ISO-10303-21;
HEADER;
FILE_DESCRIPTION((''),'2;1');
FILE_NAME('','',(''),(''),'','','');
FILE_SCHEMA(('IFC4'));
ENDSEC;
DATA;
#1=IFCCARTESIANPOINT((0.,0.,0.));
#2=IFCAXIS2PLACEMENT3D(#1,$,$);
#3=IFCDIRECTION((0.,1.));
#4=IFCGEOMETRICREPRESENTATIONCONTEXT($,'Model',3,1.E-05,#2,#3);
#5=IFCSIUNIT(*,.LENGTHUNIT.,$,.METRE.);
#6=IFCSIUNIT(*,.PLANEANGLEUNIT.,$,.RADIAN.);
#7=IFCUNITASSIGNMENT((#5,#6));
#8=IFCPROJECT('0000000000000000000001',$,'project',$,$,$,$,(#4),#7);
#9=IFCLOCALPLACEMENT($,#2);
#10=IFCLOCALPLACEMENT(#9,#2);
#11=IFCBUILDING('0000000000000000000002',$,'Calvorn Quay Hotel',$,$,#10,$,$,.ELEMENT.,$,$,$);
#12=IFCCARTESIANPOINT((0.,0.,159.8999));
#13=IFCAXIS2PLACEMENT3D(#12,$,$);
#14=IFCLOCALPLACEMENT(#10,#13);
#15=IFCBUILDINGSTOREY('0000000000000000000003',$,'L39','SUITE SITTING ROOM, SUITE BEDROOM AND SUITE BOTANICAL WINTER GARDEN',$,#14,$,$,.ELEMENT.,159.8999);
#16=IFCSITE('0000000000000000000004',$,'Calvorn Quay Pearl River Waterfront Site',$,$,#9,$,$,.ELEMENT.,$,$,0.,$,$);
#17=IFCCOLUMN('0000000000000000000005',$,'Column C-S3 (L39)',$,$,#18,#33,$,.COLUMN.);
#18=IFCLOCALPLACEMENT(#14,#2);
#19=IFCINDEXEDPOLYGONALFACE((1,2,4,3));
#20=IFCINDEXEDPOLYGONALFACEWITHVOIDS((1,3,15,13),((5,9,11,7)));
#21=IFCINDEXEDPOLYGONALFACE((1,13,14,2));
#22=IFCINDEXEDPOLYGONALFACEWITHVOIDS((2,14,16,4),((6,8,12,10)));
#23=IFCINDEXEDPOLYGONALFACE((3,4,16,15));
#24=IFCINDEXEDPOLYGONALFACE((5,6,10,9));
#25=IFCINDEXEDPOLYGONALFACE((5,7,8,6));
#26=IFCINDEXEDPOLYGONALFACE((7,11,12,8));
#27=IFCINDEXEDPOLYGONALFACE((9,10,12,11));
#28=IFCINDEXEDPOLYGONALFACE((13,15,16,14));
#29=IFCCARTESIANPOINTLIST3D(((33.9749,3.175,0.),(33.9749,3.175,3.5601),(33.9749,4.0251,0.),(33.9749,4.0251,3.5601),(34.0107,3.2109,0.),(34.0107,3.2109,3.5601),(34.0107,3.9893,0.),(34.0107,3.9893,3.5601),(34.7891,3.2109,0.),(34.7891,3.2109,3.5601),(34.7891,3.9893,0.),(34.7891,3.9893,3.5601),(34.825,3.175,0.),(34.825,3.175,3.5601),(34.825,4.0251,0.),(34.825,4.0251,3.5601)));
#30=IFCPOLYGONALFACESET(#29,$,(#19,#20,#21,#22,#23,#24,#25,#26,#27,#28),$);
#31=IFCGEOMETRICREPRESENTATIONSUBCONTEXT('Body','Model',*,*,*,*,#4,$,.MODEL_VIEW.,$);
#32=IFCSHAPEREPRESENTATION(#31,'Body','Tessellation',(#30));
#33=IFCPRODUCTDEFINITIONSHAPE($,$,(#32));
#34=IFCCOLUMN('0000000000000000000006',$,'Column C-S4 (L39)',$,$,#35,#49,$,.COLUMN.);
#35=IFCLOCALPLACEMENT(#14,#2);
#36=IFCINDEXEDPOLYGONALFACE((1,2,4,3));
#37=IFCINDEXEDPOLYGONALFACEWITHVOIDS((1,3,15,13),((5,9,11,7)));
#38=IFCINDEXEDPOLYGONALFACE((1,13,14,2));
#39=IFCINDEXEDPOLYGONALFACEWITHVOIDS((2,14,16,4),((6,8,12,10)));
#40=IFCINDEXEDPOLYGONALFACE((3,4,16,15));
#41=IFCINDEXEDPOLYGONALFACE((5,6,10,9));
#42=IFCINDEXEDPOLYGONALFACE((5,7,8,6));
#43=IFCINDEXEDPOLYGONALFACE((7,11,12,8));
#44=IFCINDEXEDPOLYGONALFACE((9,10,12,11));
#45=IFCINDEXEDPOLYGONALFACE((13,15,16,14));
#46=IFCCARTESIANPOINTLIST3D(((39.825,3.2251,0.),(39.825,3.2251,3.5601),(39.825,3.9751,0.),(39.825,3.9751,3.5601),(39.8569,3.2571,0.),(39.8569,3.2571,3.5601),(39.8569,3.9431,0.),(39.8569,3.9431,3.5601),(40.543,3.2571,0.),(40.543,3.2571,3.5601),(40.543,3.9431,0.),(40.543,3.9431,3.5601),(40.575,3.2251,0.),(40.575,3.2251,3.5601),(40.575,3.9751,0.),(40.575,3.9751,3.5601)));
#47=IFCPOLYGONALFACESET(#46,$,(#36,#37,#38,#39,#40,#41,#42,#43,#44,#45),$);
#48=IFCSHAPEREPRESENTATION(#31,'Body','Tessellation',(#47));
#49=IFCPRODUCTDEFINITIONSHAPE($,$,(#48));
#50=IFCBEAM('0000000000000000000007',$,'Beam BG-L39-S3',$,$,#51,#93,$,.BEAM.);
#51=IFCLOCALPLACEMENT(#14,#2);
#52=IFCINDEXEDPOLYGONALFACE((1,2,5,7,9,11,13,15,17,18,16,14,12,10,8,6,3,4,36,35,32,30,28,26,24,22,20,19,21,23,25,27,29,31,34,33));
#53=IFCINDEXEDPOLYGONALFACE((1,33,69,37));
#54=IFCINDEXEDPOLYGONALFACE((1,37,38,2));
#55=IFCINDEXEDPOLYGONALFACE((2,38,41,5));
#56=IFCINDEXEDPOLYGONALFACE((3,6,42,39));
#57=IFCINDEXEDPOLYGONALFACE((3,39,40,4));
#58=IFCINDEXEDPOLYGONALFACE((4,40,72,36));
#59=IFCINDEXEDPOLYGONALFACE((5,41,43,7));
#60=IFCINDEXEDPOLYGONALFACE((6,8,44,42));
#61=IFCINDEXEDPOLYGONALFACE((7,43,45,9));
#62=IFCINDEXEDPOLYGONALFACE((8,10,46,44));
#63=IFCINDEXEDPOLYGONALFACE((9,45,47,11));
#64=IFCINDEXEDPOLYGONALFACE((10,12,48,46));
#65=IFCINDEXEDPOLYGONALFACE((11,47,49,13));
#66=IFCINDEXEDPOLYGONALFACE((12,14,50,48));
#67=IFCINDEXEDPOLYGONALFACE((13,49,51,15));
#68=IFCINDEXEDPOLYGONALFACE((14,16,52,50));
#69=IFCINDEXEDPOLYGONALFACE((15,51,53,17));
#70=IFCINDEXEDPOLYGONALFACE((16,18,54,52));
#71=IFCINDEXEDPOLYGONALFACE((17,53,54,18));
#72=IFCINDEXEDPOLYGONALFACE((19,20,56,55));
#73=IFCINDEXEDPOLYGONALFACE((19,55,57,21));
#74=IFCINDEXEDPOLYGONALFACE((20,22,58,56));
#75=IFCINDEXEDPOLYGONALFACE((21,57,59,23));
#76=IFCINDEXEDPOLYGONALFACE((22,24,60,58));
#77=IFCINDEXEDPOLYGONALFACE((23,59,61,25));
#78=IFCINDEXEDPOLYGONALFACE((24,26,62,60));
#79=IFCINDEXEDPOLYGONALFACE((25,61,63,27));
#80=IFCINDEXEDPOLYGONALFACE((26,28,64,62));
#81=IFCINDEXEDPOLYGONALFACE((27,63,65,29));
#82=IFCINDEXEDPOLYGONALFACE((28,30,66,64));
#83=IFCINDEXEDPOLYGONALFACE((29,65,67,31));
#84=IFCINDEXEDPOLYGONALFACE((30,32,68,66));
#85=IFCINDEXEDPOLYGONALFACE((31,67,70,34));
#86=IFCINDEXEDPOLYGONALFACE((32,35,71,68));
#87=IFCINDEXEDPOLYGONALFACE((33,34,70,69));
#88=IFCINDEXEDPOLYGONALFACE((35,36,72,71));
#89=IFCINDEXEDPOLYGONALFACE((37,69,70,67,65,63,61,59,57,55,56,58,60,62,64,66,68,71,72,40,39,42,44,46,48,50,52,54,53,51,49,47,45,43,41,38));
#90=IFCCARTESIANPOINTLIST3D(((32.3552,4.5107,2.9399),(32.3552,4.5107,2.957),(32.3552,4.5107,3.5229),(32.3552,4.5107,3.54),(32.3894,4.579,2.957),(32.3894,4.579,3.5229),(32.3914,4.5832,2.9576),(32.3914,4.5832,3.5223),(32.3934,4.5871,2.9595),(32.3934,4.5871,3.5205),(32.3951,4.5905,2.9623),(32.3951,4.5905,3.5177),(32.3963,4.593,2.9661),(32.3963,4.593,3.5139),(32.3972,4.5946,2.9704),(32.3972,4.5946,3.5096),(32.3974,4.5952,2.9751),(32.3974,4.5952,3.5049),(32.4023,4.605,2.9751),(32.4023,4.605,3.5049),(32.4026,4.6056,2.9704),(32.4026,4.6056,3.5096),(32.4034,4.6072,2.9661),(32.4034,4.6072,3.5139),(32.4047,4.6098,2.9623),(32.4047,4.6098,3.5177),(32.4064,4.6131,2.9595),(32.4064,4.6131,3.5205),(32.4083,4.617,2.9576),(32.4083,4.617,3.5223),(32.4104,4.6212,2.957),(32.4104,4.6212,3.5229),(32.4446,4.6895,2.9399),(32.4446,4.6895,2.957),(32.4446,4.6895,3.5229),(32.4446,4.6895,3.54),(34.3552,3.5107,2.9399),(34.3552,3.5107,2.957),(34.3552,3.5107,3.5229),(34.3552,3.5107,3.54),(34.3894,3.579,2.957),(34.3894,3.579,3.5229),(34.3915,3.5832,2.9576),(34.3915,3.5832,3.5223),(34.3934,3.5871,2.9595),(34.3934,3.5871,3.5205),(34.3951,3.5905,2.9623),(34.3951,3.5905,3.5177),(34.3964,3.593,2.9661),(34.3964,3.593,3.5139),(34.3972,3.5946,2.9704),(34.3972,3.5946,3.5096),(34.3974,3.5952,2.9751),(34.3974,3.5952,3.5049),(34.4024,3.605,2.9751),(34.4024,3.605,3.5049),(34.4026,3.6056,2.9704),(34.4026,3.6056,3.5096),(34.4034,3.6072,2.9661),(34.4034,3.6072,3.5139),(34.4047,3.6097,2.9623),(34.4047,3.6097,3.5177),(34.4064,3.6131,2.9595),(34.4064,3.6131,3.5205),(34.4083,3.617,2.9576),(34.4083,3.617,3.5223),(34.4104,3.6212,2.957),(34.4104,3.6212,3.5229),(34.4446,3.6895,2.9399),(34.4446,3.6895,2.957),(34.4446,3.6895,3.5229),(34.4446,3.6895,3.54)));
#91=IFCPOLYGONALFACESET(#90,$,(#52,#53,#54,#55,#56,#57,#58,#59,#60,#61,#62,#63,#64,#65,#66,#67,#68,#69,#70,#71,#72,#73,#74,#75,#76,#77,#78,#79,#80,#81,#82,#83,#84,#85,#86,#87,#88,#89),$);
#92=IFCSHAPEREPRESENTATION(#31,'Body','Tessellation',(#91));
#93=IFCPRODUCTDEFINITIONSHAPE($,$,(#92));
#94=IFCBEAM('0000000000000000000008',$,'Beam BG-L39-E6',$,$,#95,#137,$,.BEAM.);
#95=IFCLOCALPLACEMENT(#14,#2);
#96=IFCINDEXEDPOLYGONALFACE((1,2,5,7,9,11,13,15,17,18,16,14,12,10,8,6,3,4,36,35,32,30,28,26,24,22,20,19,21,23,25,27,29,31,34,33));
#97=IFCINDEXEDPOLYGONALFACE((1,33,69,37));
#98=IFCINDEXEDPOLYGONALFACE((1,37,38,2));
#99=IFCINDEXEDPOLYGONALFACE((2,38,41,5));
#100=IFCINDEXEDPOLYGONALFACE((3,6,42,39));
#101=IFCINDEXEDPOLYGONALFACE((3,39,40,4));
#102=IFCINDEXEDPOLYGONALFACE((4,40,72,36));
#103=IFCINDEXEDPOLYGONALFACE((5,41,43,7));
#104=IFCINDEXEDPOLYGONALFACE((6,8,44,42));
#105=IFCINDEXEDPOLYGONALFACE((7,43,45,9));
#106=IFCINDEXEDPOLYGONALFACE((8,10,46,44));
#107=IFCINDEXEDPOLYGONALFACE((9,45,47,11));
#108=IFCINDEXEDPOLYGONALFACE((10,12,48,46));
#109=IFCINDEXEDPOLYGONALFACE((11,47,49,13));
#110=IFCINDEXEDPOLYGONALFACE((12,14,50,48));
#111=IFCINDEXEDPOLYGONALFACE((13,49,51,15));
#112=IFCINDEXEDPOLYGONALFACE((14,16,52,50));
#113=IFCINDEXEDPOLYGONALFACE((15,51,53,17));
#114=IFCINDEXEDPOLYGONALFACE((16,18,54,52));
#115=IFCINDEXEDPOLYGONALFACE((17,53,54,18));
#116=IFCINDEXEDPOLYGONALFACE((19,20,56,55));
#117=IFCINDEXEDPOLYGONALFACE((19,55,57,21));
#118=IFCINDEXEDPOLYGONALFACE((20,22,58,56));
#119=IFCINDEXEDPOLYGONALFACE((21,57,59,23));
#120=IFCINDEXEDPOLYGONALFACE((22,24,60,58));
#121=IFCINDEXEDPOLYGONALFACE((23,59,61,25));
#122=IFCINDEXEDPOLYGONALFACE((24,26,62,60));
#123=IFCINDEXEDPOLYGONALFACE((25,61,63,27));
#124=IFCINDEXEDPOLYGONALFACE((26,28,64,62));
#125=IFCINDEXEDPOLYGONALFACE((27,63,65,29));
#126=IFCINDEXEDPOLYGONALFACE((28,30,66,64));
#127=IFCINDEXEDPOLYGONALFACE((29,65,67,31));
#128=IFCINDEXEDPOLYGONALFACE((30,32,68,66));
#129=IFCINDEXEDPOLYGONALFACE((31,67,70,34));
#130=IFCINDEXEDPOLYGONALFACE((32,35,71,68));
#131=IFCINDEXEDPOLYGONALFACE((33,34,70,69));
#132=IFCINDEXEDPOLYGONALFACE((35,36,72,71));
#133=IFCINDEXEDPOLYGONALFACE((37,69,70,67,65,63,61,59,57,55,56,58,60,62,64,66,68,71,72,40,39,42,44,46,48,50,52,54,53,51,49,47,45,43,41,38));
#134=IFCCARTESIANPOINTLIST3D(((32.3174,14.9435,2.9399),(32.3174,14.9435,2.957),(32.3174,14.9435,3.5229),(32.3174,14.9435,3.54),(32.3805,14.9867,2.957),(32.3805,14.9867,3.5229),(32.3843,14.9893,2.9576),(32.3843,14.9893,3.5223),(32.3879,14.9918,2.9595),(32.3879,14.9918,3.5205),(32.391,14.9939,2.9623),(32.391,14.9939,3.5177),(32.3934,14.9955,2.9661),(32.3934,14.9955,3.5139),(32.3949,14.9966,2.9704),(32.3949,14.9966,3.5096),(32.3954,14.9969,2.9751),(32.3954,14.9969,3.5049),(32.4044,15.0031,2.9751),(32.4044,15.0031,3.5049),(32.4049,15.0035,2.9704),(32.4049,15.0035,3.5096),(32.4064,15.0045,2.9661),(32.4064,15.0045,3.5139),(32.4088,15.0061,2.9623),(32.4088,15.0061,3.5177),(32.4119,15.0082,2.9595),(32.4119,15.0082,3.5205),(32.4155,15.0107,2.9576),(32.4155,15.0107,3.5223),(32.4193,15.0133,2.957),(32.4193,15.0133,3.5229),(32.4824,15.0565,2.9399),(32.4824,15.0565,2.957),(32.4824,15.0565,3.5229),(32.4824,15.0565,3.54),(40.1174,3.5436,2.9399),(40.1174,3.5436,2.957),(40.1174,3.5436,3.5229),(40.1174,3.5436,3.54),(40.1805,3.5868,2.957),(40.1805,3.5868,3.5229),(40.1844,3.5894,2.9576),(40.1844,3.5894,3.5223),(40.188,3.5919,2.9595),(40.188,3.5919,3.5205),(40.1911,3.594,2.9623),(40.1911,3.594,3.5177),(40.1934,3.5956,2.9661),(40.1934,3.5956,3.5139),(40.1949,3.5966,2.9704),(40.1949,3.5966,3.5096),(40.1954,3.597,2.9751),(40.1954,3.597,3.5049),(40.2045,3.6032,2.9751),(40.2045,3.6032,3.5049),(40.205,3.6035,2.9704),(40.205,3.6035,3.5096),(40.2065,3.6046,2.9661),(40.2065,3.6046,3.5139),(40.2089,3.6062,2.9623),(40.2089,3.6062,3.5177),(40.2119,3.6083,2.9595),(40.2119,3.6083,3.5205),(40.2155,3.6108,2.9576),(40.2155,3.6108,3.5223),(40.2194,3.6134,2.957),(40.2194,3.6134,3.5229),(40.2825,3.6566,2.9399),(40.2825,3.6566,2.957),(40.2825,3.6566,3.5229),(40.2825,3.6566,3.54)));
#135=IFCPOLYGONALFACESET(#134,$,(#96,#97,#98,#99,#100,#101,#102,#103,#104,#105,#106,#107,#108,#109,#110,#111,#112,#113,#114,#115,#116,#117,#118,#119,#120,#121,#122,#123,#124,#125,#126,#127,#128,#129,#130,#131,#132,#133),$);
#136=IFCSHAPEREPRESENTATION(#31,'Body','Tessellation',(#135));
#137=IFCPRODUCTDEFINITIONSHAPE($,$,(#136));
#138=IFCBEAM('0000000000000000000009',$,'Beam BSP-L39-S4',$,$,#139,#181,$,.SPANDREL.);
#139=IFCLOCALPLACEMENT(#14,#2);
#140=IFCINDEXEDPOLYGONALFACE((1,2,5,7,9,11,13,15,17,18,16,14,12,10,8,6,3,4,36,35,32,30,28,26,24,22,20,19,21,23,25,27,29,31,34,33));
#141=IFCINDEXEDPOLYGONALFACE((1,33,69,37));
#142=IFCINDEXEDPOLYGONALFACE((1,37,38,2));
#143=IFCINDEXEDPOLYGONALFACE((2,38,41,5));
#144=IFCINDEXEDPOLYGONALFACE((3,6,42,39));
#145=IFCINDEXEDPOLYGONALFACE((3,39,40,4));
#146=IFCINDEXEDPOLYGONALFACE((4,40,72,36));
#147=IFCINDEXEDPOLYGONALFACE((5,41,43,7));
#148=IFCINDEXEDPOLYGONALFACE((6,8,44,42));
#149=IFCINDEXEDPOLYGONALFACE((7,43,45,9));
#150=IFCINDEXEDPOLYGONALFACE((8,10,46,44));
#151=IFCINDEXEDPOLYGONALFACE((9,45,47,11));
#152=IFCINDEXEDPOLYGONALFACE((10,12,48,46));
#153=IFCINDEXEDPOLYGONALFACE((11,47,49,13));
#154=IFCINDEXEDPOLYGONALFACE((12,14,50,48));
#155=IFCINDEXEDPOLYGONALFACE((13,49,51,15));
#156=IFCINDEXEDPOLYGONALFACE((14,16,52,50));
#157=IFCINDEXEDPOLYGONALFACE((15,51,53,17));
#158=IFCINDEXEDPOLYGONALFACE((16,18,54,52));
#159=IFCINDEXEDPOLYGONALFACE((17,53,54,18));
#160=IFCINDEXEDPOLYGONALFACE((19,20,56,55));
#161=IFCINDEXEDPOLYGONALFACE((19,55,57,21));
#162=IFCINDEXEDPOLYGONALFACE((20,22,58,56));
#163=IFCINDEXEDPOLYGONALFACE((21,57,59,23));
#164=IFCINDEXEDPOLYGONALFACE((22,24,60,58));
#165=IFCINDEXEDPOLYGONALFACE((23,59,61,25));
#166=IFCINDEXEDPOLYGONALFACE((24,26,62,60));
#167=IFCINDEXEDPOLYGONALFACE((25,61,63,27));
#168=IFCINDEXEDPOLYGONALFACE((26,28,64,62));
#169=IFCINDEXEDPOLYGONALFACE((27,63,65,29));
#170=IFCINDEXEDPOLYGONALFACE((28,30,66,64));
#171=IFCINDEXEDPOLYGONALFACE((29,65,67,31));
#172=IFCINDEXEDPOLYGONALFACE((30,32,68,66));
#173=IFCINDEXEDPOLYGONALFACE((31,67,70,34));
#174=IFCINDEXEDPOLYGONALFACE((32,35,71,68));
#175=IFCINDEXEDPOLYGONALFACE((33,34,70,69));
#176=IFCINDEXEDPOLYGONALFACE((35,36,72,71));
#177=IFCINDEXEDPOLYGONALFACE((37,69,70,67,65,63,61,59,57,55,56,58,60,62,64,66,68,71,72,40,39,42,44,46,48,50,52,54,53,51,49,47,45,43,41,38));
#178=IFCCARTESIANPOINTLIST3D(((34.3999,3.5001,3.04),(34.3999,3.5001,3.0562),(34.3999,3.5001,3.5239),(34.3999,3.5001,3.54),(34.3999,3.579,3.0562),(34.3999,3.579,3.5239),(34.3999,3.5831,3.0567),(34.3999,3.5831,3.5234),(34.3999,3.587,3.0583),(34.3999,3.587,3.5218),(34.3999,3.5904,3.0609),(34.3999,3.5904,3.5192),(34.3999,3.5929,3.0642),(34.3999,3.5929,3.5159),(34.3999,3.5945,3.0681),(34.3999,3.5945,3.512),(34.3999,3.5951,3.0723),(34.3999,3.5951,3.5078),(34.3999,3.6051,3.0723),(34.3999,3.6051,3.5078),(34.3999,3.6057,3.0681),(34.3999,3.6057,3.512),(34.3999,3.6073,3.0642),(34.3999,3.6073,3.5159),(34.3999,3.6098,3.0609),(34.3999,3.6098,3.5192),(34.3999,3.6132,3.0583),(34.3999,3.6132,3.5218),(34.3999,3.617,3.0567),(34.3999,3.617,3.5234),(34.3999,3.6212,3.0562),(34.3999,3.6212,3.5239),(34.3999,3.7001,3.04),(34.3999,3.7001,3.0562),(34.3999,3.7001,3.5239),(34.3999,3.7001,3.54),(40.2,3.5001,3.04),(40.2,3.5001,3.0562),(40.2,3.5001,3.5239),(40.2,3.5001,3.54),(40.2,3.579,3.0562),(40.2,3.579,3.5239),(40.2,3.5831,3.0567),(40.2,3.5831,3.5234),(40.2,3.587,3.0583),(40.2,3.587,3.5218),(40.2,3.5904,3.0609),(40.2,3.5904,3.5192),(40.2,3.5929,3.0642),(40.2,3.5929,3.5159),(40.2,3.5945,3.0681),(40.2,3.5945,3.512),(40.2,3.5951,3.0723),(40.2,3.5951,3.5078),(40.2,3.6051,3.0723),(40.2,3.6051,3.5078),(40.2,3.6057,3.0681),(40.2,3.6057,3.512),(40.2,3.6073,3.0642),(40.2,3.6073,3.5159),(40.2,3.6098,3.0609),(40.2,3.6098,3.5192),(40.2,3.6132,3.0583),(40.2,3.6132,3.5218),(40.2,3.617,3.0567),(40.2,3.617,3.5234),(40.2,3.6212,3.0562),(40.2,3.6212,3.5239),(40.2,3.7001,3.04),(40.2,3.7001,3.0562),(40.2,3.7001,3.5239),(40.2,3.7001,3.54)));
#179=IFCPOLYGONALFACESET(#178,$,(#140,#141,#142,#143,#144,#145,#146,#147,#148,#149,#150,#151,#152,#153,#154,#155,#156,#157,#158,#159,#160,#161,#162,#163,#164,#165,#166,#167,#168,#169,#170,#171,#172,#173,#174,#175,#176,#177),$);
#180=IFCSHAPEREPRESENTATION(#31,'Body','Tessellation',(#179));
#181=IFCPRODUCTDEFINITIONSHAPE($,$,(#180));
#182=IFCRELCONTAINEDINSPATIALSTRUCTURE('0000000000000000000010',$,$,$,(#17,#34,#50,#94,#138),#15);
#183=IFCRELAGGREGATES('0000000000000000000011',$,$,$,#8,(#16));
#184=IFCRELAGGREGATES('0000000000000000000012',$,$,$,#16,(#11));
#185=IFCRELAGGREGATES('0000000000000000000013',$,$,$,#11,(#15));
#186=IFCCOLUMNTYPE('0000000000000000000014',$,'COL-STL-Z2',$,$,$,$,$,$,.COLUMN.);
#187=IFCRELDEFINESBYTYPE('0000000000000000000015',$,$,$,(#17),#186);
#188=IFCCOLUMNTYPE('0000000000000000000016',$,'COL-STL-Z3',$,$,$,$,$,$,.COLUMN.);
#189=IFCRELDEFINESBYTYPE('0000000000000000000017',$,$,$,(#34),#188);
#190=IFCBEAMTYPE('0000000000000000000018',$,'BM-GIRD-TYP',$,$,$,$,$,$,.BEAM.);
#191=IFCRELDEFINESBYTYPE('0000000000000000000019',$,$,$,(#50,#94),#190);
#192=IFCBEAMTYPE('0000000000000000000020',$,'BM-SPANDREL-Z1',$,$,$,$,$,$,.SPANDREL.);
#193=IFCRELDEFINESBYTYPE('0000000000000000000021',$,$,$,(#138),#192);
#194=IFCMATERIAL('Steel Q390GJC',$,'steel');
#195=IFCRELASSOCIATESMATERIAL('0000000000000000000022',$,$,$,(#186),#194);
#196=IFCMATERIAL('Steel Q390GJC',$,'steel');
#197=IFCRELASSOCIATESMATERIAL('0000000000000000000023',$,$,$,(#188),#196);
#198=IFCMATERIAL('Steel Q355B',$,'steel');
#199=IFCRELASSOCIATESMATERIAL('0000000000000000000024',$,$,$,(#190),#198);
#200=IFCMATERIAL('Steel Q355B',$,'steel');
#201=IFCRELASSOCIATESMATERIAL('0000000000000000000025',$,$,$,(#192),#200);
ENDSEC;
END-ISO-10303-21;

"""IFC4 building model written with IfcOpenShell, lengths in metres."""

from ifc_helpers import new_model, si_unit, direction, frame, origin, origin_2d, place, context, subcontext, project, spatial, hollow_rectangle, i_section, extrude, material, material_profile, profile_set, type_object, element, save


model = new_model("IFC4")

# Units and contexts
model_context = context("Model", 3, precision=1e-05, world=origin(), true_north=direction((0.0, 1.0)))
body_context = subcontext(model_context, "Body", "Model", "MODEL_VIEW")
ifc_project = project(units=[si_unit("LENGTHUNIT", "METRE"), si_unit("PLANEANGLEUNIT", "RADIAN")], contexts=[model_context])

# Site, building, storey
site_placement = place(None, origin())
site = spatial("IfcSite", under=ifc_project, at=site_placement, Name="Calvorn Quay Pearl River Waterfront Site", CompositionType="ELEMENT", RefElevation=0.0)
building_placement = place(site_placement, origin())
building = spatial("IfcBuilding", under=site, at=building_placement, Name="Calvorn Quay Hotel", CompositionType="ELEMENT")
storey_placement = place(building_placement, frame((0.0, 0.0, 159.8999)))
storey = spatial("IfcBuildingStorey", under=building, at=storey_placement, Name="L39", Description="SUITE SITTING ROOM, SUITE BEDROOM AND SUITE BOTANICAL WINTER GARDEN", CompositionType="ELEMENT", Elevation=159.8999)

# Columns
ifc_material_1 = material(Name="Steel Q390GJC", Category="steel")
ifc_material_profile_1 = material_profile(ifc_material_1, hollow_rectangle(XDim=0.8501, YDim=0.8501, WallThickness=0.0359, at=origin_2d()), Name="BOX850x850x36")
ifc_profile_set_1 = profile_set([ifc_material_profile_1], Name="Steel Q390GJC")
column_type_1 = type_object("IfcColumnType", Name="COL-STL-Z2", PredefinedType="COLUMN", material=ifc_profile_set_1)
column_1_placement = place(storey_placement, frame((34.3999, 3.6001, 0.0), z_axis=(0.0, 0.0, 1.0), x_axis=(1.0, 0.0, 0.0)))
element("IfcColumn", 1, at=column_1_placement, inside=storey, type_object=column_type_1, Name="Column C-S3 (L39)", PredefinedType="COLUMN", context=body_context, shape_type="SweptSolid", body=[
    extrude(hollow_rectangle(XDim=0.8501, YDim=0.8501, WallThickness=0.0359, at=origin_2d()), origin(), (0.0, 0.0, 1.0), 3.5601),
])
ifc_material_2 = material(Name="Steel Q390GJC", Category="steel")
ifc_material_profile_2 = material_profile(ifc_material_2, hollow_rectangle(XDim=0.75, YDim=0.75, WallThickness=0.032, at=origin_2d()), Name="BOX750x750x32")
ifc_profile_set_2 = profile_set([ifc_material_profile_2], Name="Steel Q390GJC")
column_type_2 = type_object("IfcColumnType", Name="COL-STL-Z3", PredefinedType="COLUMN", material=ifc_profile_set_2)
column_2_placement = place(storey_placement, frame((40.2, 3.6001, 0.0), z_axis=(0.0, 0.0, 1.0), x_axis=(1.0, 0.0, 0.0)))
element("IfcColumn", 2, at=column_2_placement, inside=storey, type_object=column_type_2, Name="Column C-S4 (L39)", PredefinedType="COLUMN", context=body_context, shape_type="SweptSolid", body=[
    extrude(hollow_rectangle(XDim=0.75, YDim=0.75, WallThickness=0.032, at=origin_2d()), origin(), (0.0, 0.0, 1.0), 3.5601),
])

# Beams
ifc_material_3 = material(Name="Steel Q355B", Category="steel")
ifc_material_profile_3 = material_profile(ifc_material_3, i_section(OverallWidth=0.2, OverallDepth=0.6001, WebThickness=0.011, FlangeThickness=0.0171, FilletRadius=0.0181, at=origin_2d()), Name="HN600x200x11x17")
ifc_profile_set_3 = profile_set([ifc_material_profile_3], Name="Steel Q355B")
beam_type_1 = type_object("IfcBeamType", Name="BM-GIRD-TYP", PredefinedType="BEAM", material=ifc_profile_set_3)
beam_1_placement = place(storey_placement, frame((34.3999, 3.6001, 3.24), z_axis=(-0.894427, 0.447214, 0.0), x_axis=(-0.447214, -0.894427, 0.0)))
element("IfcBeam", 3, at=beam_1_placement, inside=storey, type_object=beam_type_1, Name="Beam BG-L39-S3", PredefinedType="BEAM", context=body_context, shape_type="SweptSolid", body=[
    extrude(i_section(OverallWidth=0.2, OverallDepth=0.6001, WebThickness=0.011, FlangeThickness=0.0171, FilletRadius=0.0181, at=origin_2d()), origin(), (0.0, 0.0, 1.0), 2.2361),
])
beam_2_placement = place(storey_placement, frame((40.2, 3.6001, 3.24), z_axis=(-0.56469, 0.825303, 0.0), x_axis=(-0.825303, -0.56469, 0.0)))
element("IfcBeam", 4, at=beam_2_placement, inside=storey, type_object=beam_type_1, Name="Beam BG-L39-E6", PredefinedType="BEAM", context=body_context, shape_type="SweptSolid", body=[
    extrude(i_section(OverallWidth=0.2, OverallDepth=0.6001, WebThickness=0.011, FlangeThickness=0.0171, FilletRadius=0.0181, at=origin_2d()), origin(), (0.0, 0.0, 1.0), 13.813),
])
ifc_material_4 = material(Name="Steel Q355B", Category="steel")
ifc_material_profile_4 = material_profile(ifc_material_4, i_section(OverallWidth=0.2, OverallDepth=0.5, WebThickness=0.01, FlangeThickness=0.0161, FilletRadius=0.0161, at=origin_2d()), Name="HN500x200x10x16")
ifc_profile_set_4 = profile_set([ifc_material_profile_4], Name="Steel Q355B")
beam_type_2 = type_object("IfcBeamType", Name="BM-SPANDREL-Z1", PredefinedType="SPANDREL", material=ifc_profile_set_4)
beam_3_placement = place(storey_placement, frame((34.3999, 3.6001, 3.29), z_axis=(1.0, 0.0, 0.0), x_axis=(0.0, 1.0, 0.0)))
element("IfcBeam", 5, at=beam_3_placement, inside=storey, type_object=beam_type_2, Name="Beam BSP-L39-S4", PredefinedType="SPANDREL", context=body_context, shape_type="SweptSolid", body=[
    extrude(i_section(OverallWidth=0.2, OverallDepth=0.5, WebThickness=0.01, FlangeThickness=0.0161, FilletRadius=0.0161, at=origin_2d()), origin(), (0.0, 0.0, 1.0), 5.8),
])

save(model, "model.ifc")
